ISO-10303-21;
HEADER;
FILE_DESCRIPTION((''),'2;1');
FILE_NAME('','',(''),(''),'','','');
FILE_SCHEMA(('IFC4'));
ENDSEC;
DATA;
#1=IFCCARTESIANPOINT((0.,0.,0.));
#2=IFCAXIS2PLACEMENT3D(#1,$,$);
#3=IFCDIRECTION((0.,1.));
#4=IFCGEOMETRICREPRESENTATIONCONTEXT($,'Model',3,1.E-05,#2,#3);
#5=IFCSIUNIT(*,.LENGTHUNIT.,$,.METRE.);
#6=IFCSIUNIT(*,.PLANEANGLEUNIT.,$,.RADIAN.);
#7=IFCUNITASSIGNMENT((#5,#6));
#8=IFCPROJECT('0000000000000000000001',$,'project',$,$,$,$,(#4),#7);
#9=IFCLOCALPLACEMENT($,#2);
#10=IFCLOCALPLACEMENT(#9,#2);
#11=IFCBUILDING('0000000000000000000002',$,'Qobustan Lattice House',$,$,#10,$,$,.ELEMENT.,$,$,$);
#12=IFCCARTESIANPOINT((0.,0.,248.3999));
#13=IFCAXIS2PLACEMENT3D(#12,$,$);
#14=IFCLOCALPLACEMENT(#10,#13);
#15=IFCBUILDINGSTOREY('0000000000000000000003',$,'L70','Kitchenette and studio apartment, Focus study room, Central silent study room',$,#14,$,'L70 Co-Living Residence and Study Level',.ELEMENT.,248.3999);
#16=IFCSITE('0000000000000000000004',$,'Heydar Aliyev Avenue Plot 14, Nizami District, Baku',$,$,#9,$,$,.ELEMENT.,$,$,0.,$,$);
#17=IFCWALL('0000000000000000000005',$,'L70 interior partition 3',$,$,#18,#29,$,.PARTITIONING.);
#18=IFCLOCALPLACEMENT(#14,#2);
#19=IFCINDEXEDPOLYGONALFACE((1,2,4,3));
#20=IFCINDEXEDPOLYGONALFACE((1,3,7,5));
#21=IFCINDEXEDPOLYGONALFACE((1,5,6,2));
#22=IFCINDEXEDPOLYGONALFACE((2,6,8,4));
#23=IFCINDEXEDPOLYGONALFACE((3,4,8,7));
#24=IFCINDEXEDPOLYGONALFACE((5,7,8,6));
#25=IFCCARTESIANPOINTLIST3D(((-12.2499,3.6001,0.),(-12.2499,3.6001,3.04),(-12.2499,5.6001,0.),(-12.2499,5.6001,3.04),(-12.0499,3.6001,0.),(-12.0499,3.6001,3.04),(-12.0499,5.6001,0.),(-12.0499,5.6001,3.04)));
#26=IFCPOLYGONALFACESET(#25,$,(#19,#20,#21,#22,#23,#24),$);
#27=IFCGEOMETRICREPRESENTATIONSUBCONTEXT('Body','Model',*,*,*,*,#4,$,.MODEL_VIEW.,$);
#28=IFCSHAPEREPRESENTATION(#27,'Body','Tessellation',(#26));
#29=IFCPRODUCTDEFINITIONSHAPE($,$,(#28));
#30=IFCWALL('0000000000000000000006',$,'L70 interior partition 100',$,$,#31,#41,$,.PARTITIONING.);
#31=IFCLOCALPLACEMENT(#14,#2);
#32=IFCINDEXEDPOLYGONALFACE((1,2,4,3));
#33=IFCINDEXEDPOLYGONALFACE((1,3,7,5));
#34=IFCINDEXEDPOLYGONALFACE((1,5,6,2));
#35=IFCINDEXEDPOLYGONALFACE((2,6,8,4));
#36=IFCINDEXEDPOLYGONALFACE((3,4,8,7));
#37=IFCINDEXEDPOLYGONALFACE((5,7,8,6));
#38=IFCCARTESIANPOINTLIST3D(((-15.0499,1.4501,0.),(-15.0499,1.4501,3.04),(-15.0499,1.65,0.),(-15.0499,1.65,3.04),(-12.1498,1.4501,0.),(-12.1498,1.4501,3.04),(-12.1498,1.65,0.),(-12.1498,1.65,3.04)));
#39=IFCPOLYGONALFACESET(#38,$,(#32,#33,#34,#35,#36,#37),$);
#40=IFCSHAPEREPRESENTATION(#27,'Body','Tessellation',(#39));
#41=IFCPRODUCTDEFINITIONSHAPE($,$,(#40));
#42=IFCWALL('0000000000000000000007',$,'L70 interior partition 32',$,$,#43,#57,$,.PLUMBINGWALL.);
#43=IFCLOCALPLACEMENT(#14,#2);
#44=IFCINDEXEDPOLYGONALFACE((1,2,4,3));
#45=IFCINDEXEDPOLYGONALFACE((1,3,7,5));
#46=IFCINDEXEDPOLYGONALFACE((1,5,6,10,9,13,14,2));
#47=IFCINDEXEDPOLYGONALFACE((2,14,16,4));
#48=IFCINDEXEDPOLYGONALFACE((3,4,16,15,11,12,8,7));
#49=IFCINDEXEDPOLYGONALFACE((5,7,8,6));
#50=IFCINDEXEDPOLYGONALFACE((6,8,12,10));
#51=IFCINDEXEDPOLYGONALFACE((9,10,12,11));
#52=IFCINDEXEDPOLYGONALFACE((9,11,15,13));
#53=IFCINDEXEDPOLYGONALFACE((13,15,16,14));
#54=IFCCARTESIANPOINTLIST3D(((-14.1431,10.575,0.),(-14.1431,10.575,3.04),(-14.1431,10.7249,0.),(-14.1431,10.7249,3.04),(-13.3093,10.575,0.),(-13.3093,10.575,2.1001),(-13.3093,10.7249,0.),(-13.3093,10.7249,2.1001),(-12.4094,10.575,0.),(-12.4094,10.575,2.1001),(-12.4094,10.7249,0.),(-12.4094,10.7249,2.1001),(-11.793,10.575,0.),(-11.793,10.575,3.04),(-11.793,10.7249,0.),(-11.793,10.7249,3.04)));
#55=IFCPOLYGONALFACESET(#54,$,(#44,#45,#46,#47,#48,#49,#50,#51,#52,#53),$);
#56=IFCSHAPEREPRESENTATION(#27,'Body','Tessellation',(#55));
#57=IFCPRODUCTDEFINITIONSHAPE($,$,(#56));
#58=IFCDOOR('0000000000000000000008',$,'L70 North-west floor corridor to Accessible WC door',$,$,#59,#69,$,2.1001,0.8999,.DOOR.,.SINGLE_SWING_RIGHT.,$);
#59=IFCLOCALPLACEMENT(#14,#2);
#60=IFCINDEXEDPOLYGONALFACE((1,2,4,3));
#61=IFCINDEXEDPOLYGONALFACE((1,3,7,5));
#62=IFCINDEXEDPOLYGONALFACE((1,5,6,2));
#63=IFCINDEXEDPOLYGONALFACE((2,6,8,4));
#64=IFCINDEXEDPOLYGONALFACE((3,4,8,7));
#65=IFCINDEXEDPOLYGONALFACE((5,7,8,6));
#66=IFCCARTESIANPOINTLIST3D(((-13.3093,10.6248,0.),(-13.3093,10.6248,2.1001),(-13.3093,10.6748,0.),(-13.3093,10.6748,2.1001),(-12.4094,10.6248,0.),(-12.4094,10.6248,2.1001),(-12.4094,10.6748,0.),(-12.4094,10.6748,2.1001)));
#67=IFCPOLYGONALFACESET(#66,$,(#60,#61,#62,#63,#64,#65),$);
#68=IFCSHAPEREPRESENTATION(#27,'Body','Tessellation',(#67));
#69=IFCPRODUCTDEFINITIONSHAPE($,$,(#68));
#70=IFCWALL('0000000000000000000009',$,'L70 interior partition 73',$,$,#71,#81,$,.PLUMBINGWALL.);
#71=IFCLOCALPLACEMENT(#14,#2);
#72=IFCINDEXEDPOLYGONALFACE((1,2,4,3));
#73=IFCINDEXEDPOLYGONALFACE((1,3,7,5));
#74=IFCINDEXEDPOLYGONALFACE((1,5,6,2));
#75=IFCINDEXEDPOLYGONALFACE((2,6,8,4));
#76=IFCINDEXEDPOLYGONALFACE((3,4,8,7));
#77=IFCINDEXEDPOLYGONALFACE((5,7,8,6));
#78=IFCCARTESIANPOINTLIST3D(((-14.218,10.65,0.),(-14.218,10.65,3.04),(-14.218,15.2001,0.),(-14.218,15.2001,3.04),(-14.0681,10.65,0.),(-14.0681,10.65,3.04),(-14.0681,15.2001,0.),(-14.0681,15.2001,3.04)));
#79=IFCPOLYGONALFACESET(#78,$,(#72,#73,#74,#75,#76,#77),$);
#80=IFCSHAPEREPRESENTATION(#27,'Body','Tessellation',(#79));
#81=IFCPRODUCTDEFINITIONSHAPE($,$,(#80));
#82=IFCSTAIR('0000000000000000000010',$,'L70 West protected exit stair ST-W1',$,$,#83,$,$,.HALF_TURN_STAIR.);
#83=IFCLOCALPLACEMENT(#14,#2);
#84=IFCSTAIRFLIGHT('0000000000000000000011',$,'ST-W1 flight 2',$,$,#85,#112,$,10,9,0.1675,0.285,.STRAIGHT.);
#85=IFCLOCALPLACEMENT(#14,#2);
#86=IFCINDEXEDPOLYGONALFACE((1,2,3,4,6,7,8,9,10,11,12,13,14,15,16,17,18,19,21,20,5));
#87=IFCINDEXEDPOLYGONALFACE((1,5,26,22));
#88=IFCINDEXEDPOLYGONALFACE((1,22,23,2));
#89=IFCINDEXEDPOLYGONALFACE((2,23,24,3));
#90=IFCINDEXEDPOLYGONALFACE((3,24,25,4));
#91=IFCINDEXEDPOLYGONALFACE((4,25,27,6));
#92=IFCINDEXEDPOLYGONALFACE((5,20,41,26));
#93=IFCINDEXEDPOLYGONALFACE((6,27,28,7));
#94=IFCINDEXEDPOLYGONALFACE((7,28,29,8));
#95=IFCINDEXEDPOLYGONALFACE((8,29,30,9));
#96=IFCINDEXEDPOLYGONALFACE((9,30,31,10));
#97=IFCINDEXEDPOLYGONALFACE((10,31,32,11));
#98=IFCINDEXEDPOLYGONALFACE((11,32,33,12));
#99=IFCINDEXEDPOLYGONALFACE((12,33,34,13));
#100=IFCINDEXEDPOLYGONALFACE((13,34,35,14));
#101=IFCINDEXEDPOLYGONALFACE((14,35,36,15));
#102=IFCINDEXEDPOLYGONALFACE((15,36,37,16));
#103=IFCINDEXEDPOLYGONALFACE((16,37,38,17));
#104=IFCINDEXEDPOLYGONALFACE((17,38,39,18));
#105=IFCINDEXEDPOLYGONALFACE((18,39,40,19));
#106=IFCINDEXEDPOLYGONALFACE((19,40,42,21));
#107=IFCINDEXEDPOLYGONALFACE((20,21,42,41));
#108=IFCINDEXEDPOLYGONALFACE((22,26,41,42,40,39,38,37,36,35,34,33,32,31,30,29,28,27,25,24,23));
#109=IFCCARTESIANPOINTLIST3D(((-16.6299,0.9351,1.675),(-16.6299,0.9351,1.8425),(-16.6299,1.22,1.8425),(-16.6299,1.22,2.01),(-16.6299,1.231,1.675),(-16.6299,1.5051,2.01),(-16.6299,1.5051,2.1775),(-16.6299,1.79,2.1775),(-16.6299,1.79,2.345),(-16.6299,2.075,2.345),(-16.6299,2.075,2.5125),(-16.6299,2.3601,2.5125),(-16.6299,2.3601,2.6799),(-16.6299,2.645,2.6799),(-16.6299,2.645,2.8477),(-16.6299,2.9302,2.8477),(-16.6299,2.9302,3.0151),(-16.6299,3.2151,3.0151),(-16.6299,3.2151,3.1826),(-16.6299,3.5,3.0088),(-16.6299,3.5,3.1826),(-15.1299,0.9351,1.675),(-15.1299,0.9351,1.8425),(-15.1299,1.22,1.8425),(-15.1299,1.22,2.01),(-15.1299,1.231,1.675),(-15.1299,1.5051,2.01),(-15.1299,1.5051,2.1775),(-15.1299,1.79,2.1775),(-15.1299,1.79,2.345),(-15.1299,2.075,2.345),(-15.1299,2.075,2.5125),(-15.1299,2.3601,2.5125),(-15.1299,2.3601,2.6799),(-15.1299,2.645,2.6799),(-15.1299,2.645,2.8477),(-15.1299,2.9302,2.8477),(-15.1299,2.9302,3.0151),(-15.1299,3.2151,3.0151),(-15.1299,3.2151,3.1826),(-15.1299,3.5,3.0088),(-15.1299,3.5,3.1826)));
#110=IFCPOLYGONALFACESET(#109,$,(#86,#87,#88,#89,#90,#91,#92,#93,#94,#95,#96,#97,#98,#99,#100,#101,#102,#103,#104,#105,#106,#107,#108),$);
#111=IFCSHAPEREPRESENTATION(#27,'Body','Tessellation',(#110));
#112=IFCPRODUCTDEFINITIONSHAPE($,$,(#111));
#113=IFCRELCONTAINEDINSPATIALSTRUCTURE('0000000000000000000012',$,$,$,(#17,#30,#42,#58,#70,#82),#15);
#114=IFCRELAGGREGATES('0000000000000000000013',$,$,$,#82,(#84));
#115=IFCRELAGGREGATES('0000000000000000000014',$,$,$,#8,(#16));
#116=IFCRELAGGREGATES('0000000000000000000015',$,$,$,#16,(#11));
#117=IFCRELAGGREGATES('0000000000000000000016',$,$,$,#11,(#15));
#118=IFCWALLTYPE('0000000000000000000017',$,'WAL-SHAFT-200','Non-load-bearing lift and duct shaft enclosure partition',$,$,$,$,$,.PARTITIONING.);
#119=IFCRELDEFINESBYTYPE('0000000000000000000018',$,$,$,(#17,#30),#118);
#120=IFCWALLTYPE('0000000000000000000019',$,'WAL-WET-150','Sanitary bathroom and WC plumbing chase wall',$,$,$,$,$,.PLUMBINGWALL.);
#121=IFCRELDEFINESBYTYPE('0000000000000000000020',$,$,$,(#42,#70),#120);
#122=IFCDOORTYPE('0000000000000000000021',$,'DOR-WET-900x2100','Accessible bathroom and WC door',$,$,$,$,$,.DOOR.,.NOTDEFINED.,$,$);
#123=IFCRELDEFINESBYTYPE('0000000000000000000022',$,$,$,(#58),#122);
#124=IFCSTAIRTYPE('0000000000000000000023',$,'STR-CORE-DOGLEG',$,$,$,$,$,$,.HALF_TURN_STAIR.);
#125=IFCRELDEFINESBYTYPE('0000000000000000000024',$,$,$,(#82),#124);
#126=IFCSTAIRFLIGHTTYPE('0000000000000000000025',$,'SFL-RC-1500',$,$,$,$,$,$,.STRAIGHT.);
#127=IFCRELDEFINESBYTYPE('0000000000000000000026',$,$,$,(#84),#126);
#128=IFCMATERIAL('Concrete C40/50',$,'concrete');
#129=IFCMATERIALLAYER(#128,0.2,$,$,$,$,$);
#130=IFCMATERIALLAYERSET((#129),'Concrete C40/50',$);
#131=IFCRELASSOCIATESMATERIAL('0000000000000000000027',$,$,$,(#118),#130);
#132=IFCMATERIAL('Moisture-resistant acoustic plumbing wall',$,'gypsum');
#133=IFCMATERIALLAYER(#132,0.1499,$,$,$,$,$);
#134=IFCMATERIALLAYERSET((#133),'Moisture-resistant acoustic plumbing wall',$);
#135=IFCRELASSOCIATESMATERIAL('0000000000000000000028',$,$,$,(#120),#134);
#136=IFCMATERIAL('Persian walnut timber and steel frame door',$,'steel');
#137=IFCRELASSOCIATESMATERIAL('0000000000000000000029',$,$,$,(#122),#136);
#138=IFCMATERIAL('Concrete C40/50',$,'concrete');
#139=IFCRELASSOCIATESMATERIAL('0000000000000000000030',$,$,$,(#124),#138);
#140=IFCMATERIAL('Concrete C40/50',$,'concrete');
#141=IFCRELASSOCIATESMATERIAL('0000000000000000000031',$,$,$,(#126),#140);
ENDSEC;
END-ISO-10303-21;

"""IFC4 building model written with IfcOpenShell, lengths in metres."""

from ifc_helpers import new_model, si_unit, direction, frame, frame_2d, origin, place, context, subcontext, project, spatial, polyline, rectangle, outline, extrude, material, layer, layer_set, type_object, element, fill, aggregate, save


model = new_model("IFC4")

# Units and contexts
model_context = context("Model", 3, precision=1e-05, world=origin(), true_north=direction((0.0, 1.0)))
body_context = subcontext(model_context, "Body", "Model", "MODEL_VIEW")
ifc_project = project(units=[si_unit("LENGTHUNIT", "METRE"), si_unit("PLANEANGLEUNIT", "RADIAN")], contexts=[model_context])

# Site, building, storey
site_placement = place(None, origin())
site = spatial("IfcSite", under=ifc_project, at=site_placement, Name="Heydar Aliyev Avenue Plot 14, Nizami District, Baku", CompositionType="ELEMENT", RefElevation=0.0)
building_placement = place(site_placement, origin())
building = spatial("IfcBuilding", under=site, at=building_placement, Name="Qobustan Lattice House", CompositionType="ELEMENT")
storey_placement = place(building_placement, frame((0.0, 0.0, 248.3999)))
storey = spatial("IfcBuildingStorey", under=building, at=storey_placement, Name="L70", Description="Kitchenette and studio apartment, Focus study room, Central silent study room", LongName="L70 Co-Living Residence and Study Level", CompositionType="ELEMENT", Elevation=248.3999)

# Walls
ifc_material_1 = material(Name="Concrete C40/50", Category="concrete")
ifc_layer_1 = layer(ifc_material_1, 0.2)
ifc_layer_set_1 = layer_set([ifc_layer_1], Name="Concrete C40/50")
wall_type_1 = type_object("IfcWallType", Name="WAL-SHAFT-200", Description="Non-load-bearing lift and duct shaft enclosure partition", PredefinedType="PARTITIONING", material=ifc_layer_set_1)
wall_1_placement = place(storey_placement, frame((-12.1499, 3.6001, 0.0), z_axis=(0.0, 0.0, 1.0), x_axis=(0.0, 1.0, 0.0)))
element("IfcWall", 1, at=wall_1_placement, inside=storey, type_object=wall_type_1, Name="L70 interior partition 3", PredefinedType="PARTITIONING", context=body_context, shape_type="SweptSolid", body=[
    extrude(rectangle(XDim=2.0, YDim=0.2, at=frame_2d((1.0, 0.0))), origin(), (0.0, 0.0, 1.0), 3.04),
])
wall_2_placement = place(storey_placement, frame((-15.05, 1.55, 0.0), z_axis=(0.0, 0.0, 1.0), x_axis=(1.0, 0.0, 0.0)))
element("IfcWall", 2, at=wall_2_placement, inside=storey, type_object=wall_type_1, Name="L70 interior partition 100", PredefinedType="PARTITIONING", context=body_context, shape_type="SweptSolid", body=[
    extrude(rectangle(XDim=2.9001, YDim=0.2, at=frame_2d((1.4502, 0.0))), origin(), (0.0, 0.0, 1.0), 3.04),
])

# Wall, opening, door
ifc_material_2 = material(Name="Moisture-resistant acoustic plumbing wall", Category="gypsum")
ifc_layer_2 = layer(ifc_material_2, 0.1499)
ifc_layer_set_2 = layer_set([ifc_layer_2], Name="Moisture-resistant acoustic plumbing wall")
wall_type_2 = type_object("IfcWallType", Name="WAL-WET-150", Description="Sanitary bathroom and WC plumbing chase wall", PredefinedType="PLUMBINGWALL", material=ifc_layer_set_2)
wall_3_placement = place(storey_placement, frame((-14.1431, 10.6499, 0.0), z_axis=(0.0, 0.0, 1.0), x_axis=(1.0, 0.0, 0.0)))
wall_3 = element("IfcWall", 3, at=wall_3_placement, inside=storey, type_object=wall_type_2, Name="L70 interior partition 32", PredefinedType="PLUMBINGWALL", context=body_context, shape_type="SweptSolid", body=[
    extrude(rectangle(XDim=2.3501, YDim=0.1499, at=frame_2d((1.175, 0.0))), origin(), (0.0, 0.0, 1.0), 3.04),
])
opening_placement = place(wall_3_placement, frame((0.8337, 0.0, 0.0)))
opening = element("IfcOpeningElement", 4, at=opening_placement, cuts=wall_3, PredefinedType="OPENING", context=body_context, shape_type="SweptSolid", body=[
    extrude(rectangle(XDim=0.8999, YDim=2.1001, at=frame_2d((0.45, 1.05))), frame((0.0, 0.085, 0.0), z_axis=(0.0, -1.0, 0.0), x_axis=(1.0, 0.0, 0.0)), (0.0, 0.0, 1.0), 0.1699),
])
ifc_material_3 = material(Name="Persian walnut timber and steel frame door", Category="steel")
door_type = type_object("IfcDoorType", Name="DOR-WET-900x2100", Description="Accessible bathroom and WC door", OperationType="NOTDEFINED", PredefinedType="DOOR", material=ifc_material_3)
door_placement = place(opening_placement, origin())
door = element("IfcDoor", 5, at=door_placement, inside=storey, type_object=door_type, Name="L70 North-west floor corridor to Accessible WC door", OperationType="SINGLE_SWING_RIGHT", OverallHeight=2.1001, OverallWidth=0.8999, PredefinedType="DOOR", context=body_context, shape_type="SweptSolid", body=[
    extrude(rectangle(XDim=0.8999, YDim=2.1001, at=frame_2d((0.45, 1.05))), frame((0.0, 0.0249, 0.0), z_axis=(0.0, -1.0, 0.0), x_axis=(1.0, 0.0, 0.0)), (0.0, 0.0, 1.0), 0.05),
])
fill(opening, door)

# Wall
wall_4_placement = place(storey_placement, frame((-14.1431, 15.2, 0.0), z_axis=(0.0, 0.0, 1.0), x_axis=(0.0, -1.0, 0.0)))
element("IfcWall", 6, at=wall_4_placement, inside=storey, type_object=wall_type_2, Name="L70 interior partition 73", PredefinedType="PLUMBINGWALL", context=body_context, shape_type="SweptSolid", body=[
    extrude(rectangle(XDim=4.55, YDim=0.1499, at=frame_2d((2.2749, 0.0))), origin(), (0.0, 0.0, 1.0), 3.04),
])

# Stair, stair flight
ifc_material_4 = material(Name="Concrete C40/50", Category="concrete")
stair_type = type_object("IfcStairType", Name="STR-CORE-DOGLEG", PredefinedType="HALF_TURN_STAIR", material=ifc_material_4)
stair_placement = place(storey_placement, origin())
stair = element("IfcStair", 7, at=stair_placement, inside=storey, type_object=stair_type, Name="L70 West protected exit stair ST-W1", PredefinedType="HALF_TURN_STAIR")
ifc_material_5 = material(Name="Concrete C40/50", Category="concrete")
stair_flight_type = type_object("IfcStairFlightType", Name="SFL-RC-1500", PredefinedType="STRAIGHT", material=ifc_material_5)
stair_flight_placement = place(storey_placement, frame((-15.8799, 0.9351, 1.675), z_axis=(0.0, 0.0, 1.0), x_axis=(0.0, 1.0, 0.0)))
stair_flight = element("IfcStairFlight", 8, at=stair_flight_placement, type_object=stair_flight_type, Name="ST-W1 flight 2", NumberOfRisers=10, NumberOfTreads=9, PredefinedType="STRAIGHT", RiserHeight=0.1675, TreadLength=0.285, context=body_context, shape_type="SweptSolid", body=[
    extrude(outline(polyline([(0.0, 0.0), (0.0, 0.1675), (0.2849, 0.1675), (0.2849, 0.335), (0.5701, 0.335), (0.5701, 0.5024), (0.855, 0.5024), (0.855, 0.6699), (1.1399, 0.6699), (1.1399, 0.8374), (1.425, 0.8374), (1.425, 1.0049), (1.71, 1.0049), (1.71, 1.1726), (1.9951, 1.1726), (1.9951, 1.3401), (2.28, 1.3401), (2.28, 1.5076), (2.5649, 1.5076), (2.5649, 1.675), (2.5649, 1.3337), (0.2959, 0.0), (0.0, 0.0)])), frame((0.0, 0.75, 0.0), z_axis=(0.0, -1.0, 0.0), x_axis=(1.0, 0.0, 0.0)), (0.0, 0.0, 1.0), 1.5),
])
aggregate(stair, [stair_flight])

save(model, "model.ifc")
